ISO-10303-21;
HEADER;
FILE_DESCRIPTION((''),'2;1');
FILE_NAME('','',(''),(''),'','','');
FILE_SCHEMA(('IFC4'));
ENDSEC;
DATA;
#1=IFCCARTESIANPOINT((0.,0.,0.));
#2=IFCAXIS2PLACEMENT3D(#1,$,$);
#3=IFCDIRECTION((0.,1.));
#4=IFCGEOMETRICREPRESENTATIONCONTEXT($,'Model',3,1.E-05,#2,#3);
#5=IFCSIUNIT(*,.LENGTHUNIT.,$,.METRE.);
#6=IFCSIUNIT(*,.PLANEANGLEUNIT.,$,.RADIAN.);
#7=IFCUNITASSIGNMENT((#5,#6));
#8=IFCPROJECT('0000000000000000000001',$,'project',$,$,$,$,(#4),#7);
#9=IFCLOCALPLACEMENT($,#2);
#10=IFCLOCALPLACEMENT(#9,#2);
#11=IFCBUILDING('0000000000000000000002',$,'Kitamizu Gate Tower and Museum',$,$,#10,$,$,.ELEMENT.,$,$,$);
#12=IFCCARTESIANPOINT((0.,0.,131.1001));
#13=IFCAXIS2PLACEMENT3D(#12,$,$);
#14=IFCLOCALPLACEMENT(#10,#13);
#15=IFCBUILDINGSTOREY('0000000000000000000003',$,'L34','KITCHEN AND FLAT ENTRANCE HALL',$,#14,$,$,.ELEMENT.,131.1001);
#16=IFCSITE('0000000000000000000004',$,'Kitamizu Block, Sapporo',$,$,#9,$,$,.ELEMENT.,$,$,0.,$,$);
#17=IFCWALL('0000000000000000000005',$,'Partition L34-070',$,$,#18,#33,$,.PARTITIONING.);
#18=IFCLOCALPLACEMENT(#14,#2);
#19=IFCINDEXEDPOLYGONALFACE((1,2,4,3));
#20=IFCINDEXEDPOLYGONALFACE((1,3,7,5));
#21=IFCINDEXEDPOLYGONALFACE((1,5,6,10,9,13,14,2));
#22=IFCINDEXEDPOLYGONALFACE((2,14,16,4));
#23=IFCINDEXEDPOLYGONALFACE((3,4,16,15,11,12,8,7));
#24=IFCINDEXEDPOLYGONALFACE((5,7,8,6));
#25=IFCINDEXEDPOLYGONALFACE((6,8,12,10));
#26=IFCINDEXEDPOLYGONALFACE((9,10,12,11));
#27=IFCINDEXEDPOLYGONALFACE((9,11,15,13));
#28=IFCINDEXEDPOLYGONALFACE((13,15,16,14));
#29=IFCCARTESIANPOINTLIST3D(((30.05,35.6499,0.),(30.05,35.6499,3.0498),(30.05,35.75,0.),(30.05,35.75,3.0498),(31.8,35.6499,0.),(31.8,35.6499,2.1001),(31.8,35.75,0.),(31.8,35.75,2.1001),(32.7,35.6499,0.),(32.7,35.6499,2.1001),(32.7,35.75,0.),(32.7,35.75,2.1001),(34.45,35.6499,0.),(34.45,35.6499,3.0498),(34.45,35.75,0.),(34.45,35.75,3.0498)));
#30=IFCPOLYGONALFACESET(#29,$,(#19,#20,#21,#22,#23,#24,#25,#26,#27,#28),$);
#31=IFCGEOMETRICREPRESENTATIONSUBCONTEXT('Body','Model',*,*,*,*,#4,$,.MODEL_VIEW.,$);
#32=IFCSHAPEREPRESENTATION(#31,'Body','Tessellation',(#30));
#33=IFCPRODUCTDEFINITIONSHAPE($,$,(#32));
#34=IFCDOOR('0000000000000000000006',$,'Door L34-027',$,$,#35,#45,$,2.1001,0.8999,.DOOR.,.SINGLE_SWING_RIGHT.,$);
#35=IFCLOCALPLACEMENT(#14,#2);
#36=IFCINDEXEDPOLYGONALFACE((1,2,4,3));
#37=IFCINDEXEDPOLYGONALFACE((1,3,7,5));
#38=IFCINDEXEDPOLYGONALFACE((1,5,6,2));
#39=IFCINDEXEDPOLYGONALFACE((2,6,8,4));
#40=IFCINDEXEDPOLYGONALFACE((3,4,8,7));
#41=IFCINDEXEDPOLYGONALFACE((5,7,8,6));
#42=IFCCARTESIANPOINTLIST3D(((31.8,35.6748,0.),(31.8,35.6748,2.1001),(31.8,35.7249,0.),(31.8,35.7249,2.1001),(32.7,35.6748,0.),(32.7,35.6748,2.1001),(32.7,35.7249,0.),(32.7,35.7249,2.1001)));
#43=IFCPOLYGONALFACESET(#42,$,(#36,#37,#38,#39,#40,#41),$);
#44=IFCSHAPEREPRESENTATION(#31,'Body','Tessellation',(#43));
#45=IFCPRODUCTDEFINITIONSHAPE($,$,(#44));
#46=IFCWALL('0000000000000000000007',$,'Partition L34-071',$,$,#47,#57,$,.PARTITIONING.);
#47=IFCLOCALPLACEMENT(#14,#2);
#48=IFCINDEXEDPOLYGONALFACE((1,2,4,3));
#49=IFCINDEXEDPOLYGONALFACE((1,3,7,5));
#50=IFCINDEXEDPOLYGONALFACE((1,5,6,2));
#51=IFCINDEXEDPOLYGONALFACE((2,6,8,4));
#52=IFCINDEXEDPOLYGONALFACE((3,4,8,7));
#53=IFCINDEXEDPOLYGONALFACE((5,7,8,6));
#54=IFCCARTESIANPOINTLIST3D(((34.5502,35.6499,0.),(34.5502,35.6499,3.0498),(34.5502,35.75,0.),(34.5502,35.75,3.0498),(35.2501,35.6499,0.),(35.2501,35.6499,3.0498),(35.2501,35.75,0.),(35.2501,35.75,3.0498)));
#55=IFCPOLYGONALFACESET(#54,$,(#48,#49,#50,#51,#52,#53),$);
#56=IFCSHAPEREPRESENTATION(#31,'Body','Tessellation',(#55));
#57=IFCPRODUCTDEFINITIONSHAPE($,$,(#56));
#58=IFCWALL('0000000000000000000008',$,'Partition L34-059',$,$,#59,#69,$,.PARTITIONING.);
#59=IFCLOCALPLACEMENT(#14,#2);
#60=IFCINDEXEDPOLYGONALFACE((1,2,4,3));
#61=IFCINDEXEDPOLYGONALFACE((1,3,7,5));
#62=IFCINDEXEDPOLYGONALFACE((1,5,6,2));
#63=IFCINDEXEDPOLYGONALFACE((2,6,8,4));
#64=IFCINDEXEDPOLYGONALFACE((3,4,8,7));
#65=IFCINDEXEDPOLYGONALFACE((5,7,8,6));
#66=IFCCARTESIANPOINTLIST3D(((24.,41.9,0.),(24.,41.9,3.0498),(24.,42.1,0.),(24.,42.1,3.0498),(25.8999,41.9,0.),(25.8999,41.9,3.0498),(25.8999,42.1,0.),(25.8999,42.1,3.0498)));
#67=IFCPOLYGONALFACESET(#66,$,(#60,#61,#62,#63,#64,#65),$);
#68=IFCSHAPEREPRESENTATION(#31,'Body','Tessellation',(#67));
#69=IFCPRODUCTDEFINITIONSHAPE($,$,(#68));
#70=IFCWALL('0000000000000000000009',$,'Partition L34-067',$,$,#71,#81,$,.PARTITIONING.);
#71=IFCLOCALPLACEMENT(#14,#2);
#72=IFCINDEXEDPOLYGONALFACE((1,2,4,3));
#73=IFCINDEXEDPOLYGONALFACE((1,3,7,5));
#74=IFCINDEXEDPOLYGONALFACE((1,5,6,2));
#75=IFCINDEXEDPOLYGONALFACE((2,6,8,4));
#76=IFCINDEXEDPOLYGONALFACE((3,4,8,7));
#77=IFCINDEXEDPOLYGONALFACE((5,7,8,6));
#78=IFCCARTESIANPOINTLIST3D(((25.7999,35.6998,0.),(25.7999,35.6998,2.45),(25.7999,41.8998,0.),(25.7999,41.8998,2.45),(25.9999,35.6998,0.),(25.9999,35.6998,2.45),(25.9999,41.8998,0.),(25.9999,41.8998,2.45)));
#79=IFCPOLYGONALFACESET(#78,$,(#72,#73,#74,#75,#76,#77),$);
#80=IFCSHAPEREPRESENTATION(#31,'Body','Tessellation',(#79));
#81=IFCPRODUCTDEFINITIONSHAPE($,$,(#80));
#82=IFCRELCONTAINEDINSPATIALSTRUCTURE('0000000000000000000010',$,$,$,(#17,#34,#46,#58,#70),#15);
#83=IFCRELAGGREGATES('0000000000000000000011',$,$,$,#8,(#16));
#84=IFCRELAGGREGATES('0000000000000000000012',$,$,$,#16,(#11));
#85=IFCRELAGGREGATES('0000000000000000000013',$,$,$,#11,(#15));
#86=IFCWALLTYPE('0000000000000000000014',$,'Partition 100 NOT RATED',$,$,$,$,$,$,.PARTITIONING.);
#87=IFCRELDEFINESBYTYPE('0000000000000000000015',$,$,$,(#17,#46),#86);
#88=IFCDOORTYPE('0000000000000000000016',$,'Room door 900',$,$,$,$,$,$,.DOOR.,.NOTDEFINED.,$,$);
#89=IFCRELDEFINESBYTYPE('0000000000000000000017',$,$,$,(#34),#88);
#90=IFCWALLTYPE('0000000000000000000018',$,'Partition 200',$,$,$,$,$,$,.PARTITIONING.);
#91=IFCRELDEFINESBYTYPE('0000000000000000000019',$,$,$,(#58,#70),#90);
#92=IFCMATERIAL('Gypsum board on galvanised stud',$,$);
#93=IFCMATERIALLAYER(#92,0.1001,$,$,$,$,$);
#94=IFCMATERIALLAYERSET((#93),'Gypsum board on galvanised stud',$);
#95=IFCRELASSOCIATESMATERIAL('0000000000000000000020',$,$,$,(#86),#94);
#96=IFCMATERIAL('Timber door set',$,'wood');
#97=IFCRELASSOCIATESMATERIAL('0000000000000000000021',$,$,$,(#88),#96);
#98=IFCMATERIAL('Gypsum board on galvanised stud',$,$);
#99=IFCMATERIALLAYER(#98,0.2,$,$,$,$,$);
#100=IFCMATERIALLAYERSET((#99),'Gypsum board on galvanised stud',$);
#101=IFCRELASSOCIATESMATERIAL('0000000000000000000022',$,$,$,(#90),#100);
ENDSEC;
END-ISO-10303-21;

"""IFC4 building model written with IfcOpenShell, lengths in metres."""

from ifc_helpers import new_model, si_unit, direction, frame, frame_2d, origin, place, context, subcontext, project, spatial, rectangle, extrude, material, layer, layer_set, type_object, element, fill, save


model = new_model("IFC4")

# Units and contexts
model_context = context("Model", 3, precision=1e-05, world=origin(), true_north=direction((0.0, 1.0)))
body_context = subcontext(model_context, "Body", "Model", "MODEL_VIEW")
ifc_project = project(units=[si_unit("LENGTHUNIT", "METRE"), si_unit("PLANEANGLEUNIT", "RADIAN")], contexts=[model_context])

# Site, building, storey
site_placement = place(None, origin())
site = spatial("IfcSite", under=ifc_project, at=site_placement, Name="Kitamizu Block, Sapporo", CompositionType="ELEMENT", RefElevation=0.0)
building_placement = place(site_placement, origin())
building = spatial("IfcBuilding", under=site, at=building_placement, Name="Kitamizu Gate Tower and Museum", CompositionType="ELEMENT")
storey_placement = place(building_placement, frame((0.0, 0.0, 131.1001)))
storey = spatial("IfcBuildingStorey", under=building, at=storey_placement, Name="L34", Description="KITCHEN AND FLAT ENTRANCE HALL", CompositionType="ELEMENT", Elevation=131.1001)

# Shared definitions
ifc_material_1 = material(Name="Gypsum board on galvanised stud")
ifc_layer_1 = layer(ifc_material_1, 0.1001)
ifc_layer_set_1 = layer_set([ifc_layer_1], Name="Gypsum board on galvanised stud")
wall_type_1 = type_object("IfcWallType", Name="Partition 100 NOT RATED", PredefinedType="PARTITIONING", material=ifc_layer_set_1)
ifc_material_2 = material(Name="Timber door set", Category="wood")
door_type = type_object("IfcDoorType", Name="Room door 900", OperationType="NOTDEFINED", PredefinedType="DOOR", material=ifc_material_2)

# Wall, opening, door
wall_1_placement = place(storey_placement, frame((30.05, 35.7, 0.0), z_axis=(0.0, 0.0, 1.0), x_axis=(1.0, 0.0, 0.0)))
wall_1 = element("IfcWall", 1, at=wall_1_placement, inside=storey, type_object=wall_type_1, Name="Partition L34-070", PredefinedType="PARTITIONING", context=body_context, shape_type="SweptSolid", body=[
    extrude(rectangle(XDim=4.3999, YDim=0.1001, at=frame_2d((2.2, 0.0))), origin(), (0.0, 0.0, 1.0), 3.0498),
])
opening_1_placement = place(wall_1_placement, frame((1.75, 0.0, 0.0)))
opening_1 = element("IfcOpeningElement", 2, at=opening_1_placement, cuts=wall_1, PredefinedType="OPENING", context=body_context, shape_type="SweptSolid", body=[
    extrude(rectangle(XDim=0.8999, YDim=2.1001, at=frame_2d((0.45, 1.05))), frame((0.0, 0.0601, 0.0), z_axis=(0.0, -1.0, 0.0), x_axis=(1.0, 0.0, 0.0)), (0.0, 0.0, 1.0), 0.1201),
])
door_1_placement = place(opening_1_placement, origin())
door_1 = element("IfcDoor", 3, at=door_1_placement, inside=storey, type_object=door_type, Name="Door L34-027", OperationType="SINGLE_SWING_RIGHT", OverallHeight=2.1001, OverallWidth=0.8999, PredefinedType="DOOR", context=body_context, shape_type="SweptSolid", body=[
    extrude(rectangle(XDim=0.8999, YDim=2.1001, at=frame_2d((0.45, 1.05))), frame((0.0, 0.0249, 0.0), z_axis=(0.0, -1.0, 0.0), x_axis=(1.0, 0.0, 0.0)), (0.0, 0.0, 1.0), 0.05),
])
fill(opening_1, door_1)

# Walls
wall_2_placement = place(storey_placement, frame((34.55, 35.7, 0.0), z_axis=(0.0, 0.0, 1.0), x_axis=(1.0, 0.0, 0.0)))
element("IfcWall", 4, at=wall_2_placement, inside=storey, type_object=wall_type_1, Name="Partition L34-071", PredefinedType="PARTITIONING", context=body_context, shape_type="SweptSolid", body=[
    extrude(rectangle(XDim=0.7, YDim=0.1001, at=frame_2d((0.3501, 0.0))), origin(), (0.0, 0.0, 1.0), 3.0498),
])
ifc_material_3 = material(Name="Gypsum board on galvanised stud")
ifc_layer_2 = layer(ifc_material_3, 0.2)
ifc_layer_set_2 = layer_set([ifc_layer_2], Name="Gypsum board on galvanised stud")
wall_type_2 = type_object("IfcWallType", Name="Partition 200", PredefinedType="PARTITIONING", material=ifc_layer_set_2)
wall_3_placement = place(storey_placement, frame((24.0, 42.0, 0.0), z_axis=(0.0, 0.0, 1.0), x_axis=(1.0, 0.0, 0.0)))
element("IfcWall", 5, at=wall_3_placement, inside=storey, type_object=wall_type_2, Name="Partition L34-059", PredefinedType="PARTITIONING", context=body_context, shape_type="SweptSolid", body=[
    extrude(rectangle(XDim=1.8999, YDim=0.2, at=frame_2d((0.95, 0.0))), origin(), (0.0, 0.0, 1.0), 3.0498),
])
wall_4_placement = place(storey_placement, frame((25.8999, 41.8999, 0.0), z_axis=(0.0, 0.0, 1.0), x_axis=(0.0, -1.0, 0.0)))
element("IfcWall", 6, at=wall_4_placement, inside=storey, type_object=wall_type_2, Name="Partition L34-067", PredefinedType="PARTITIONING", context=body_context, shape_type="SweptSolid", body=[
    extrude(rectangle(XDim=6.2, YDim=0.2, at=frame_2d((3.1001, 0.0))), origin(), (0.0, 0.0, 1.0), 2.45),
])

save(model, "model.ifc")
